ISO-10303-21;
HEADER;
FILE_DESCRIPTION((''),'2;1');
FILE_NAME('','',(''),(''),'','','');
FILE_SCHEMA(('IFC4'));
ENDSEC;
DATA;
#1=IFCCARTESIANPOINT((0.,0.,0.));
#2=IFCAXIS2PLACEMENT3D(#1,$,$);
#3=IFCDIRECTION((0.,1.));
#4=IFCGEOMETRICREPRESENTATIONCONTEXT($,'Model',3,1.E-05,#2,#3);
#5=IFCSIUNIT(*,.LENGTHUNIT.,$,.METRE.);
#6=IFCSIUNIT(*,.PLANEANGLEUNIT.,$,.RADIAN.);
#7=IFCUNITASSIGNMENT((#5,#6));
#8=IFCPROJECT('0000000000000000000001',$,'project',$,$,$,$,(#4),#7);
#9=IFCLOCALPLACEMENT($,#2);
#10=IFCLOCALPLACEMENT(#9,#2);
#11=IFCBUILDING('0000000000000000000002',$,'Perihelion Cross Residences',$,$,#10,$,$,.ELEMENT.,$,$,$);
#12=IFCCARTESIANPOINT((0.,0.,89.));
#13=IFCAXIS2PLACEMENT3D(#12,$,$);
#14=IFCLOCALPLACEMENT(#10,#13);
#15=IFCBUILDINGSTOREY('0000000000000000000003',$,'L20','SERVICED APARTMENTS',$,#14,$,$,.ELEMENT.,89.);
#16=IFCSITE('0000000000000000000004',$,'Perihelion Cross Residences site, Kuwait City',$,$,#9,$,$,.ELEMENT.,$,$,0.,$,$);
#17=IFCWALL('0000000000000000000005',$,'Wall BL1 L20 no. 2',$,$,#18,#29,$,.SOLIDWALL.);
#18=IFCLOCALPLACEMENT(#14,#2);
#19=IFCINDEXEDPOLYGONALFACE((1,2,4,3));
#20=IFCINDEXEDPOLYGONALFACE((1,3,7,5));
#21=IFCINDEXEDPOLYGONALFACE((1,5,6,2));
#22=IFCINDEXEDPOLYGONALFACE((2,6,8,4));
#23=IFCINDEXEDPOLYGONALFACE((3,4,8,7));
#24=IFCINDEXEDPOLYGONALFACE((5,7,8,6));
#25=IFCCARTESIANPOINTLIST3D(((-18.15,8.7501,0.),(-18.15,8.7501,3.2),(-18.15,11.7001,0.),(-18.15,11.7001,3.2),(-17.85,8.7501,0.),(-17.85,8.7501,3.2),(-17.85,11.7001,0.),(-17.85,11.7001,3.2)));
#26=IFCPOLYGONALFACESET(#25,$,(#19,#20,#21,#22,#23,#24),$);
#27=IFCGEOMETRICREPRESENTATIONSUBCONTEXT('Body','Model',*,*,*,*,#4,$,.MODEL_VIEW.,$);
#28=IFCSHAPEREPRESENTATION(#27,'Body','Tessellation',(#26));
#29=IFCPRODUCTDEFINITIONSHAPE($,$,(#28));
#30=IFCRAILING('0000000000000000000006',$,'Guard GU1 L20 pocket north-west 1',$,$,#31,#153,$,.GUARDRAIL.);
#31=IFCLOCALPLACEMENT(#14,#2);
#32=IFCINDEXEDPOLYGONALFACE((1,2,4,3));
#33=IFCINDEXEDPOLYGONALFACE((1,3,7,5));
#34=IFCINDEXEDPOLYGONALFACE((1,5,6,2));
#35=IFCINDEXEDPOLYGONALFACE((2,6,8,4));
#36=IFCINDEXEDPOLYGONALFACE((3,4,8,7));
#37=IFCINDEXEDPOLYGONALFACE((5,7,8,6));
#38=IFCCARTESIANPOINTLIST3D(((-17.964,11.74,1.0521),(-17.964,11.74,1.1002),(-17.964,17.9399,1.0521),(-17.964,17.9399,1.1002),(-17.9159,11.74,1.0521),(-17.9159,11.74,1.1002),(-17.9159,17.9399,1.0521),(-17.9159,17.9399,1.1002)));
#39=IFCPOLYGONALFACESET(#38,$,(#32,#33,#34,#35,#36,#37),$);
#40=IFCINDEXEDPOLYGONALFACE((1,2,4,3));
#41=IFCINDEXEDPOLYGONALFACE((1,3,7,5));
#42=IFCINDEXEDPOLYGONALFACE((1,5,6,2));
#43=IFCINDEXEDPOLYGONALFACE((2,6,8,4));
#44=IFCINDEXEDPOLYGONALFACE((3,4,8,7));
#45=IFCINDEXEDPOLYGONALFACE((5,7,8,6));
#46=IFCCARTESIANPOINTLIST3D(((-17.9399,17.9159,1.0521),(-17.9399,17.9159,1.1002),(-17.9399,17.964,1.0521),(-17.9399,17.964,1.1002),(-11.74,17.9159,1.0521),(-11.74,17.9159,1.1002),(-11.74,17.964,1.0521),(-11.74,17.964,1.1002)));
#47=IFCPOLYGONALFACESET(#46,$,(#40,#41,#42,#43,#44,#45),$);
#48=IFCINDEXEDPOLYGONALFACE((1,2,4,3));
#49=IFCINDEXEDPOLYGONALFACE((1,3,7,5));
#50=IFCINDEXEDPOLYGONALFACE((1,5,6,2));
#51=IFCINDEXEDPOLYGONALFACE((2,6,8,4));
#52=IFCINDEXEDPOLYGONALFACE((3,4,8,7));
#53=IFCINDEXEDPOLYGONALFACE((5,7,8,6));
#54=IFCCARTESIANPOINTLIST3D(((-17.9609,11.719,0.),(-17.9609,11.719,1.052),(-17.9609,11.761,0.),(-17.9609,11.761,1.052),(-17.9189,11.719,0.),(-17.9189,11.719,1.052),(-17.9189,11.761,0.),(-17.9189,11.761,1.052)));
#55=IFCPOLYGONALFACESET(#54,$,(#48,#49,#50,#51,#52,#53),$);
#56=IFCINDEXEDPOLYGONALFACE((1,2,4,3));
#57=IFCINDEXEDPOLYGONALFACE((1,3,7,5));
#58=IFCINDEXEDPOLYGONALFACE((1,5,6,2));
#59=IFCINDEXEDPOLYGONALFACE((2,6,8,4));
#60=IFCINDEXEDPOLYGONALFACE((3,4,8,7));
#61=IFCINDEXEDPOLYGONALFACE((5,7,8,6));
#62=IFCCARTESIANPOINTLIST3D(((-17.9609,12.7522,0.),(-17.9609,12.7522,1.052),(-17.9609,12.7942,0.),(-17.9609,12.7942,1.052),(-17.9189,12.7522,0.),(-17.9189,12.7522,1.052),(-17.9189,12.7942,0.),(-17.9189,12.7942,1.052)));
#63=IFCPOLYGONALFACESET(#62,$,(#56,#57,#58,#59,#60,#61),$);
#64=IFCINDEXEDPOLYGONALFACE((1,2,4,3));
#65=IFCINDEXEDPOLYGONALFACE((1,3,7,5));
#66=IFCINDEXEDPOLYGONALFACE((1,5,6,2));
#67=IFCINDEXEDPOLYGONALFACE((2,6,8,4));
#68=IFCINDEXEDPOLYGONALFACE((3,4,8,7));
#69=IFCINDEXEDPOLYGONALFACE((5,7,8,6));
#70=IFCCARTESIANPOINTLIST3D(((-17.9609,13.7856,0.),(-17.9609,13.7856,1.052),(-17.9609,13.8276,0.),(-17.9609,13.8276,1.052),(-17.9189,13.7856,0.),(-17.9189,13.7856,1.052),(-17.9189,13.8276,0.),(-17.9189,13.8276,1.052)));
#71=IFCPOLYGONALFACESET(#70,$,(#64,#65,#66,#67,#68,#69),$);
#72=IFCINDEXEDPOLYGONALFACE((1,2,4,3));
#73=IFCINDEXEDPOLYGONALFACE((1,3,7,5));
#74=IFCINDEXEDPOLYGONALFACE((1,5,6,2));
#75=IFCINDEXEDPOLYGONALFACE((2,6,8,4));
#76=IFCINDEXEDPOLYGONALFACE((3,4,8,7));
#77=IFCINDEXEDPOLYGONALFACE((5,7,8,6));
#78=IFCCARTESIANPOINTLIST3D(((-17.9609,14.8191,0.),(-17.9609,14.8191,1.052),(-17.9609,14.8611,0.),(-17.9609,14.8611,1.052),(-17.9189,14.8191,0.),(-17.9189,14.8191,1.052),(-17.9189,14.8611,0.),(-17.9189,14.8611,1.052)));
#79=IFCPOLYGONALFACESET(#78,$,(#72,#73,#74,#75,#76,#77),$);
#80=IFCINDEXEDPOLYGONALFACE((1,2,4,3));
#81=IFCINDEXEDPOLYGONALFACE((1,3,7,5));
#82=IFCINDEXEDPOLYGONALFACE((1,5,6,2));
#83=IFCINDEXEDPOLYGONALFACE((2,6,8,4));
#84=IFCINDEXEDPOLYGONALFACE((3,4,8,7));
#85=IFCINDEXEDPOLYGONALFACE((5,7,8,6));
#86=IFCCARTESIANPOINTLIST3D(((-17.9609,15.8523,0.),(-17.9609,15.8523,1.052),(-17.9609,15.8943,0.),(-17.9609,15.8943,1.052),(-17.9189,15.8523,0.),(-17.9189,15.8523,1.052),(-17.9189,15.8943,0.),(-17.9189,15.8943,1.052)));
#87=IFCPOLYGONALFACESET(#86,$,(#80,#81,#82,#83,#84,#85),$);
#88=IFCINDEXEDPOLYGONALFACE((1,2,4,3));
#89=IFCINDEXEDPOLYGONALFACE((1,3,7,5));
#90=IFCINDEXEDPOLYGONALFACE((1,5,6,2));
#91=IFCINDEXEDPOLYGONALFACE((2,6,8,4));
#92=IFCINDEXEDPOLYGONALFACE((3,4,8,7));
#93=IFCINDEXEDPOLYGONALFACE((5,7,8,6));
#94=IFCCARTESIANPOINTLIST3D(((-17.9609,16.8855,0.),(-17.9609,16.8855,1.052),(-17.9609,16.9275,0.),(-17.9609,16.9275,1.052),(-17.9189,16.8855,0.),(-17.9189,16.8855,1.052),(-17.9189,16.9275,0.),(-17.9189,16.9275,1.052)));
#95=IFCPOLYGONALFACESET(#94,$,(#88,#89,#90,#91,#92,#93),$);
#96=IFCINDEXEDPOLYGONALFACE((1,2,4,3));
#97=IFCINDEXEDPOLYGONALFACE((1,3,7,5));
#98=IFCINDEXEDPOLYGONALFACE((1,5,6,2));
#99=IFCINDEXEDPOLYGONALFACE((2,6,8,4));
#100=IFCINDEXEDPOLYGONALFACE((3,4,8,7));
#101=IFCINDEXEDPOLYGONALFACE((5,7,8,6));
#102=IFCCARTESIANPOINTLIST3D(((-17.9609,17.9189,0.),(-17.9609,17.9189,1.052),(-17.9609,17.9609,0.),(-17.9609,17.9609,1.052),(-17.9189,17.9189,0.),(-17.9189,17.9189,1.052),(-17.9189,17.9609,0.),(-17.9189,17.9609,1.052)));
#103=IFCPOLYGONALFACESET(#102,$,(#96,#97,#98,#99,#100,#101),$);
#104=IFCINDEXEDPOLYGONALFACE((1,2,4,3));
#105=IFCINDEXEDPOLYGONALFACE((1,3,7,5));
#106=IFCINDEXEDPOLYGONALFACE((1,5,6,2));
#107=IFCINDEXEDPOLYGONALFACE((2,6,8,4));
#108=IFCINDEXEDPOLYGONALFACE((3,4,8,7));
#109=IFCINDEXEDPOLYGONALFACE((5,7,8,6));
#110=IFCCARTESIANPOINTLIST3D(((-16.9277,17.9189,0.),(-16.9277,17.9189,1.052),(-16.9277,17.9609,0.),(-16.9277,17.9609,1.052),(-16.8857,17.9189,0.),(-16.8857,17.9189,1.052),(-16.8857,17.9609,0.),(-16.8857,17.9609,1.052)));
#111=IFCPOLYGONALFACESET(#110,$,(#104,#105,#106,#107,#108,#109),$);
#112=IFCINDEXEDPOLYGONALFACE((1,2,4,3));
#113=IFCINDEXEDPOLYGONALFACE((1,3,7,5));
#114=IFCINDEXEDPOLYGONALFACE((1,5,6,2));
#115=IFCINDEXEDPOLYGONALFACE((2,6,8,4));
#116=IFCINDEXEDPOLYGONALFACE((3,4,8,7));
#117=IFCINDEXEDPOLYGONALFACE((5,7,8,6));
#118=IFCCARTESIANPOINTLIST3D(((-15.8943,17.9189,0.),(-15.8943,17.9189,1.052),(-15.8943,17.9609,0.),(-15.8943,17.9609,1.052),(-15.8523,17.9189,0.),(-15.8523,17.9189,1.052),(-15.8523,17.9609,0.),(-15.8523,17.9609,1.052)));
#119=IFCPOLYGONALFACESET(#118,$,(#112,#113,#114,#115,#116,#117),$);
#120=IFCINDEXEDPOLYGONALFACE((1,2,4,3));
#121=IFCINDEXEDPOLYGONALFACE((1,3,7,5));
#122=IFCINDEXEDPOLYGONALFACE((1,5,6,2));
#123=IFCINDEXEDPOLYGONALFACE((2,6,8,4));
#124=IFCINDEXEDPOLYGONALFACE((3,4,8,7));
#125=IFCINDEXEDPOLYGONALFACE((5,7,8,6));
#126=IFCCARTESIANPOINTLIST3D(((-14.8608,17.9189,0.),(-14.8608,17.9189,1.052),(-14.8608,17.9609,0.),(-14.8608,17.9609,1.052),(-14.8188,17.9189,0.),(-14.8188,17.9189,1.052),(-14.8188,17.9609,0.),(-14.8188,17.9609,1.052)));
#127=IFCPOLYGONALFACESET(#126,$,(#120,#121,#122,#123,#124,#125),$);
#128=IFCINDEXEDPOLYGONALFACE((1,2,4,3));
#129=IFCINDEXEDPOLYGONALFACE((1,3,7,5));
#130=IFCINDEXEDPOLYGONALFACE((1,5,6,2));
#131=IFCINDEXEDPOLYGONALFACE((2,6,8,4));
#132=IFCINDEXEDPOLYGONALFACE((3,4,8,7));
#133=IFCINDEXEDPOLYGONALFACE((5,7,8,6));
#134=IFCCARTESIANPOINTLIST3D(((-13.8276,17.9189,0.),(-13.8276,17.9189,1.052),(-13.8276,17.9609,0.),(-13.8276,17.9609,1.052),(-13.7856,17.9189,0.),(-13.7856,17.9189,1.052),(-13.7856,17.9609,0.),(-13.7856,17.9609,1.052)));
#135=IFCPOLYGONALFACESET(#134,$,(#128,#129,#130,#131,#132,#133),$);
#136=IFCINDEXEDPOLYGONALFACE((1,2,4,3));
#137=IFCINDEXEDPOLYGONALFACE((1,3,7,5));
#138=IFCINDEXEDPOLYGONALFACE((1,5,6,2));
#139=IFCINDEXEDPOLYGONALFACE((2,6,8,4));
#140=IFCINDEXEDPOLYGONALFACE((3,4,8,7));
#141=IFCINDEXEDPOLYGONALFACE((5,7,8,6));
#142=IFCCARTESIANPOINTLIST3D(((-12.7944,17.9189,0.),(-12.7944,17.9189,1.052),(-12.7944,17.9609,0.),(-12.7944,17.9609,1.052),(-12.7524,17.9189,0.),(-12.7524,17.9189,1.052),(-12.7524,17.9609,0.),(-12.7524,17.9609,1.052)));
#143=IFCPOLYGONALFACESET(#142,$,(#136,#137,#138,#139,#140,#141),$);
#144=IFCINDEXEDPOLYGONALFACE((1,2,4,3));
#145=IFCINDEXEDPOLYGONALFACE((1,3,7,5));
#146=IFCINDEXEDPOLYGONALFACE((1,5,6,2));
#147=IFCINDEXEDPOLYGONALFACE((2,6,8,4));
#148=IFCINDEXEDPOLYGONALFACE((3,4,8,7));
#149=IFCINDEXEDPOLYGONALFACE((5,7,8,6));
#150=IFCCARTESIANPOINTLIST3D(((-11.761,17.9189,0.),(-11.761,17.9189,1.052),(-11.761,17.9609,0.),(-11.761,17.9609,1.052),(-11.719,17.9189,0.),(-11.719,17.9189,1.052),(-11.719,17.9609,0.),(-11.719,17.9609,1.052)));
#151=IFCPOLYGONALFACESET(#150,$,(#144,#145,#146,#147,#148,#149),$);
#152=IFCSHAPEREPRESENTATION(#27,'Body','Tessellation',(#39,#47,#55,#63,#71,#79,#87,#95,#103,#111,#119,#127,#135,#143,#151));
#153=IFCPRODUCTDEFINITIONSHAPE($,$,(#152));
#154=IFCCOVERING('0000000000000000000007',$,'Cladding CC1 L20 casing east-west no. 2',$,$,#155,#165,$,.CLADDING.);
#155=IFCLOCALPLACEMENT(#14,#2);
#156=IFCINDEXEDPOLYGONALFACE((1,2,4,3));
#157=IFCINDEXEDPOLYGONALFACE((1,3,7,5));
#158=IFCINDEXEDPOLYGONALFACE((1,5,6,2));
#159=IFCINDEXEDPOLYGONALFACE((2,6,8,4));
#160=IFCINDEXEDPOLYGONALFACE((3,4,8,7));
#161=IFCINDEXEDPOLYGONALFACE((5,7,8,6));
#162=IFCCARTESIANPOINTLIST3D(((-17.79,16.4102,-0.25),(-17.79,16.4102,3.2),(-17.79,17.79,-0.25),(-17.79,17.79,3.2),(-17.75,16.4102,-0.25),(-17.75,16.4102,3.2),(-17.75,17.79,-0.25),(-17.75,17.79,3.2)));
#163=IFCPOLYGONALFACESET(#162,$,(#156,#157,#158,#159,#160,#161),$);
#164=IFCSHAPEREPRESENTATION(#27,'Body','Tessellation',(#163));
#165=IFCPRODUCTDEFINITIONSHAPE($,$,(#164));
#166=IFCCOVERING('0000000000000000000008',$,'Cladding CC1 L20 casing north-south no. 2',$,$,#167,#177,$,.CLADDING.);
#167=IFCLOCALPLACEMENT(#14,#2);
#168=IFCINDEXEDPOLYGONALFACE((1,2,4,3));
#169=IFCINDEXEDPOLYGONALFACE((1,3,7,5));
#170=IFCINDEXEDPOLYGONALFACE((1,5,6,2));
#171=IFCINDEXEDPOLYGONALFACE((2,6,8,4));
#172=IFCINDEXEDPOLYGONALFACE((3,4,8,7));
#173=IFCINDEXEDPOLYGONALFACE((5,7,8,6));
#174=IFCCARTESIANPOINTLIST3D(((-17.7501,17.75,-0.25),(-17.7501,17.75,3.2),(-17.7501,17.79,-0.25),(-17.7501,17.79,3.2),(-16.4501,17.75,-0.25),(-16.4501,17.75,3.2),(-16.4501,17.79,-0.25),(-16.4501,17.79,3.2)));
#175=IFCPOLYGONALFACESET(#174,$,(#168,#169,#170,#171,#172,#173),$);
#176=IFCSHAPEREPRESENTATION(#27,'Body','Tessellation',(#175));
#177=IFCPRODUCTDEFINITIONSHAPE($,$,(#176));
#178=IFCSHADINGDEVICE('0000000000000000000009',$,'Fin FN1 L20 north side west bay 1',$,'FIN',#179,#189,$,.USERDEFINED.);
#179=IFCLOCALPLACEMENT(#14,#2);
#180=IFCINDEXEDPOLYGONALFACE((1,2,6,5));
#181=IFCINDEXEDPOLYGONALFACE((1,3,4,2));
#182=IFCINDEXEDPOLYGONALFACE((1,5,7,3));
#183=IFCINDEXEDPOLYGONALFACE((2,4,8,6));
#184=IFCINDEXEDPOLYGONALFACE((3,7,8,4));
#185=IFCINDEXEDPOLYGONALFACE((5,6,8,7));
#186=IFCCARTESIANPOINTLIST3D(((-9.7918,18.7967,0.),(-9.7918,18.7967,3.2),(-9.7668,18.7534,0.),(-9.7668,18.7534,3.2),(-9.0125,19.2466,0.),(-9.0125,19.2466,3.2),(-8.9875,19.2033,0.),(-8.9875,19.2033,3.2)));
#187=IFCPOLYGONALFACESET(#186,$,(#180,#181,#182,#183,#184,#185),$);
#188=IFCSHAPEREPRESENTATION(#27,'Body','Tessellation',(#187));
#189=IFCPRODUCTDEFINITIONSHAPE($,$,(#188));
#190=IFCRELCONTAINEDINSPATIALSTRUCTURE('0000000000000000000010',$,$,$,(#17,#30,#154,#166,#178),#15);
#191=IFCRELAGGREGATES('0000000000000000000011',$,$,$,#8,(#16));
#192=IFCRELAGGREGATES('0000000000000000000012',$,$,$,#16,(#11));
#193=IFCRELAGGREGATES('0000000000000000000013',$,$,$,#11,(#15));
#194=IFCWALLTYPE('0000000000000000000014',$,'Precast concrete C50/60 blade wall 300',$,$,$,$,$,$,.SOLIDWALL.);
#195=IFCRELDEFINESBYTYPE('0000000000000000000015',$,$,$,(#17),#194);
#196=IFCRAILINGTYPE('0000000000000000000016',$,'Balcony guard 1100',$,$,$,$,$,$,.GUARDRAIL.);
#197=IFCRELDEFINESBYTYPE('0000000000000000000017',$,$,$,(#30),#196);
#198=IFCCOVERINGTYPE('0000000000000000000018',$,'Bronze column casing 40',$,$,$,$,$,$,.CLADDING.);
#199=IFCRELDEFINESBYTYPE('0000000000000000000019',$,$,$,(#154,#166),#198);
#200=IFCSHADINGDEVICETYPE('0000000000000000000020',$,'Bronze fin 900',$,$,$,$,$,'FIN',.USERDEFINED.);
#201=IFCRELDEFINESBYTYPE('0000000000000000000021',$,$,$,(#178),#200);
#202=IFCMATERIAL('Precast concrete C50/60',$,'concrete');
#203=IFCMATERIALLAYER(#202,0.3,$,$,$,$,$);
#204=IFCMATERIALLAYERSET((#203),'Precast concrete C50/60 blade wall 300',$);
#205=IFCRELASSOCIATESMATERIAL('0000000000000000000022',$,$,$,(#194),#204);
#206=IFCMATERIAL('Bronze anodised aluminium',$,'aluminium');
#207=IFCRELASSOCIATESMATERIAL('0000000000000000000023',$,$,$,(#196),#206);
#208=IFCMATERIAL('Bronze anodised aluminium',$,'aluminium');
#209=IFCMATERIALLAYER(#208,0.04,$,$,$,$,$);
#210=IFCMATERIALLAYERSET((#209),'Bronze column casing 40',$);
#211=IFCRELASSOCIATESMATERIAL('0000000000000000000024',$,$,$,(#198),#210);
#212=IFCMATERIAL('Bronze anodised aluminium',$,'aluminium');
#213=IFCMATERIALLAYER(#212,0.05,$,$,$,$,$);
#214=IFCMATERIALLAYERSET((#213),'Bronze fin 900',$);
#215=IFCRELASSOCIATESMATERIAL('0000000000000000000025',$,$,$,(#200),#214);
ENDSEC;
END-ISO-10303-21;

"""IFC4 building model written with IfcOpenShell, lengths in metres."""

from ifc_helpers import new_model, si_unit, direction, frame, frame_2d, origin, origin_2d, place, context, subcontext, project, spatial, rectangle, extrude, material, layer, layer_set, type_object, element, save


model = new_model("IFC4")

# Units and contexts
model_context = context("Model", 3, precision=1e-05, world=origin(), true_north=direction((0.0, 1.0)))
body_context = subcontext(model_context, "Body", "Model", "MODEL_VIEW")
ifc_project = project(units=[si_unit("LENGTHUNIT", "METRE"), si_unit("PLANEANGLEUNIT", "RADIAN")], contexts=[model_context])

# Site, building, storey
site_placement = place(None, origin())
site = spatial("IfcSite", under=ifc_project, at=site_placement, Name="Perihelion Cross Residences site, Kuwait City", CompositionType="ELEMENT", RefElevation=0.0)
building_placement = place(site_placement, origin())
building = spatial("IfcBuilding", under=site, at=building_placement, Name="Perihelion Cross Residences", CompositionType="ELEMENT")
storey_placement = place(building_placement, frame((0.0, 0.0, 89.0)))
storey = spatial("IfcBuildingStorey", under=building, at=storey_placement, Name="L20", Description="SERVICED APARTMENTS", CompositionType="ELEMENT", Elevation=89.0)

# Wall
ifc_material_1 = material(Name="Precast concrete C50/60", Category="concrete")
ifc_layer_1 = layer(ifc_material_1, 0.3)
ifc_layer_set_1 = layer_set([ifc_layer_1], Name="Precast concrete C50/60 blade wall 300")
wall_type_1 = type_object("IfcWallType", Name="Precast concrete C50/60 blade wall 300", PredefinedType="SOLIDWALL", material=ifc_layer_set_1)
wall_1_placement = place(storey_placement, frame((-18.0, 8.75, 0.0), z_axis=(0.0, 0.0, 1.0), x_axis=(0.0, 1.0, 0.0)))
element("IfcWall", 1, at=wall_1_placement, inside=storey, type_object=wall_type_1, Name="Wall BL1 L20 no. 2", PredefinedType="SOLIDWALL", context=body_context, shape_type="SweptSolid", body=[
    extrude(rectangle(XDim=2.95, YDim=0.3, at=frame_2d((1.4751, 0.0))), origin(), (0.0, 0.0, 1.0), 3.2),
])

# Railing
ifc_material_2 = material(Name="Bronze anodised aluminium", Category="aluminium")
railing_type = type_object("IfcRailingType", Name="Balcony guard 1100", PredefinedType="GUARDRAIL", material=ifc_material_2)
railing_1_placement = place(storey_placement, frame((-17.9399, 11.74, 0.0)))
element("IfcRailing", 2, at=railing_1_placement, inside=storey, type_object=railing_type, Name="Guard GU1 L20 pocket north-west 1", PredefinedType="GUARDRAIL", context=body_context, shape_type="SweptSolid", body=[
    extrude(rectangle(XDim=0.0481, YDim=0.0481, at=origin_2d()), frame((0.0, 0.0, 1.0762), z_axis=(0.0, 1.0, 0.0), x_axis=(-1.0, 0.0, 0.0)), (0.0, 0.0, 1.0), 6.2),
    extrude(rectangle(XDim=0.0481, YDim=0.0481, at=origin_2d()), frame((0.0, 6.2, 1.0762), z_axis=(1.0, 0.0, 0.0), x_axis=(0.0, 1.0, 0.0)), (0.0, 0.0, 1.0), 6.2),
    extrude(rectangle(XDim=0.042, YDim=0.042, at=origin_2d()), origin(), (0.0, 0.0, 1.0), 1.052),
    extrude(rectangle(XDim=0.042, YDim=0.042, at=origin_2d()), frame((0.0, 1.0332, 0.0)), (0.0, 0.0, 1.0), 1.052),
    extrude(rectangle(XDim=0.042, YDim=0.042, at=origin_2d()), frame((0.0, 2.0667, 0.0)), (0.0, 0.0, 1.0), 1.052),
    extrude(rectangle(XDim=0.042, YDim=0.042, at=origin_2d()), frame((0.0, 3.1001, 0.0)), (0.0, 0.0, 1.0), 1.052),
    extrude(rectangle(XDim=0.042, YDim=0.042, at=origin_2d()), frame((0.0, 4.1333, 0.0)), (0.0, 0.0, 1.0), 1.052),
    extrude(rectangle(XDim=0.042, YDim=0.042, at=origin_2d()), frame((0.0, 5.1665, 0.0)), (0.0, 0.0, 1.0), 1.052),
    extrude(rectangle(XDim=0.042, YDim=0.042, at=origin_2d()), frame((0.0, 6.2, 0.0)), (0.0, 0.0, 1.0), 1.052),
    extrude(rectangle(XDim=0.042, YDim=0.042, at=origin_2d()), frame((1.0332, 6.2, 0.0)), (0.0, 0.0, 1.0), 1.052),
    extrude(rectangle(XDim=0.042, YDim=0.042, at=origin_2d()), frame((2.0667, 6.2, 0.0)), (0.0, 0.0, 1.0), 1.052),
    extrude(rectangle(XDim=0.042, YDim=0.042, at=origin_2d()), frame((3.1001, 6.2, 0.0)), (0.0, 0.0, 1.0), 1.052),
    extrude(rectangle(XDim=0.042, YDim=0.042, at=origin_2d()), frame((4.1333, 6.2, 0.0)), (0.0, 0.0, 1.0), 1.052),
    extrude(rectangle(XDim=0.042, YDim=0.042, at=origin_2d()), frame((5.1665, 6.2, 0.0)), (0.0, 0.0, 1.0), 1.052),
    extrude(rectangle(XDim=0.042, YDim=0.042, at=origin_2d()), frame((6.2, 6.2, 0.0)), (0.0, 0.0, 1.0), 1.052),
])

# Coverings
ifc_material_3 = material(Name="Bronze anodised aluminium", Category="aluminium")
ifc_layer_2 = layer(ifc_material_3, 0.04)
ifc_layer_set_2 = layer_set([ifc_layer_2], Name="Bronze column casing 40")
covering_type = type_object("IfcCoveringType", Name="Bronze column casing 40", PredefinedType="CLADDING", material=ifc_layer_set_2)
covering_1_placement = place(storey_placement, frame((-17.77, 17.1001, -0.25), z_axis=(0.0, 0.0, 1.0), x_axis=(1.0, 0.0, 0.0)))
element("IfcCovering", 3, at=covering_1_placement, inside=storey, type_object=covering_type, Name="Cladding CC1 L20 casing east-west no. 2", PredefinedType="CLADDING", context=body_context, shape_type="SweptSolid", body=[
    extrude(rectangle(XDim=0.04, YDim=1.3799, at=origin_2d()), origin(), (0.0, 0.0, 1.0), 3.45),
])
covering_2_placement = place(storey_placement, frame((-17.1001, 17.77, -0.25), z_axis=(0.0, 0.0, 1.0), x_axis=(1.0, 0.0, 0.0)))
element("IfcCovering", 4, at=covering_2_placement, inside=storey, type_object=covering_type, Name="Cladding CC1 L20 casing north-south no. 2", PredefinedType="CLADDING", context=body_context, shape_type="SweptSolid", body=[
    extrude(rectangle(XDim=1.3, YDim=0.04, at=origin_2d()), origin(), (0.0, 0.0, 1.0), 3.45),
])

# Shading device
ifc_material_4 = material(Name="Bronze anodised aluminium", Category="aluminium")
ifc_layer_3 = layer(ifc_material_4, 0.05)
ifc_layer_set_3 = layer_set([ifc_layer_3], Name="Bronze fin 900")
shading_device_type = type_object("IfcShadingDeviceType", Name="Bronze fin 900", ElementType="FIN", PredefinedType="USERDEFINED", material=ifc_layer_set_3)
shading_device_placement = place(storey_placement, frame((-9.3896, 19.0, 0.0), z_axis=(0.0, 0.0, 1.0), x_axis=(-0.866025, -0.5, 0.0)))
element("IfcShadingDevice", 5, at=shading_device_placement, inside=storey, type_object=shading_device_type, Name="Fin FN1 L20 north side west bay 1", ObjectType="FIN", PredefinedType="USERDEFINED", context=body_context, shape_type="SweptSolid", body=[
    extrude(rectangle(XDim=0.8999, YDim=0.05, at=origin_2d()), origin(), (0.0, 0.0, 1.0), 3.2),
])

save(model, "model.ifc")
